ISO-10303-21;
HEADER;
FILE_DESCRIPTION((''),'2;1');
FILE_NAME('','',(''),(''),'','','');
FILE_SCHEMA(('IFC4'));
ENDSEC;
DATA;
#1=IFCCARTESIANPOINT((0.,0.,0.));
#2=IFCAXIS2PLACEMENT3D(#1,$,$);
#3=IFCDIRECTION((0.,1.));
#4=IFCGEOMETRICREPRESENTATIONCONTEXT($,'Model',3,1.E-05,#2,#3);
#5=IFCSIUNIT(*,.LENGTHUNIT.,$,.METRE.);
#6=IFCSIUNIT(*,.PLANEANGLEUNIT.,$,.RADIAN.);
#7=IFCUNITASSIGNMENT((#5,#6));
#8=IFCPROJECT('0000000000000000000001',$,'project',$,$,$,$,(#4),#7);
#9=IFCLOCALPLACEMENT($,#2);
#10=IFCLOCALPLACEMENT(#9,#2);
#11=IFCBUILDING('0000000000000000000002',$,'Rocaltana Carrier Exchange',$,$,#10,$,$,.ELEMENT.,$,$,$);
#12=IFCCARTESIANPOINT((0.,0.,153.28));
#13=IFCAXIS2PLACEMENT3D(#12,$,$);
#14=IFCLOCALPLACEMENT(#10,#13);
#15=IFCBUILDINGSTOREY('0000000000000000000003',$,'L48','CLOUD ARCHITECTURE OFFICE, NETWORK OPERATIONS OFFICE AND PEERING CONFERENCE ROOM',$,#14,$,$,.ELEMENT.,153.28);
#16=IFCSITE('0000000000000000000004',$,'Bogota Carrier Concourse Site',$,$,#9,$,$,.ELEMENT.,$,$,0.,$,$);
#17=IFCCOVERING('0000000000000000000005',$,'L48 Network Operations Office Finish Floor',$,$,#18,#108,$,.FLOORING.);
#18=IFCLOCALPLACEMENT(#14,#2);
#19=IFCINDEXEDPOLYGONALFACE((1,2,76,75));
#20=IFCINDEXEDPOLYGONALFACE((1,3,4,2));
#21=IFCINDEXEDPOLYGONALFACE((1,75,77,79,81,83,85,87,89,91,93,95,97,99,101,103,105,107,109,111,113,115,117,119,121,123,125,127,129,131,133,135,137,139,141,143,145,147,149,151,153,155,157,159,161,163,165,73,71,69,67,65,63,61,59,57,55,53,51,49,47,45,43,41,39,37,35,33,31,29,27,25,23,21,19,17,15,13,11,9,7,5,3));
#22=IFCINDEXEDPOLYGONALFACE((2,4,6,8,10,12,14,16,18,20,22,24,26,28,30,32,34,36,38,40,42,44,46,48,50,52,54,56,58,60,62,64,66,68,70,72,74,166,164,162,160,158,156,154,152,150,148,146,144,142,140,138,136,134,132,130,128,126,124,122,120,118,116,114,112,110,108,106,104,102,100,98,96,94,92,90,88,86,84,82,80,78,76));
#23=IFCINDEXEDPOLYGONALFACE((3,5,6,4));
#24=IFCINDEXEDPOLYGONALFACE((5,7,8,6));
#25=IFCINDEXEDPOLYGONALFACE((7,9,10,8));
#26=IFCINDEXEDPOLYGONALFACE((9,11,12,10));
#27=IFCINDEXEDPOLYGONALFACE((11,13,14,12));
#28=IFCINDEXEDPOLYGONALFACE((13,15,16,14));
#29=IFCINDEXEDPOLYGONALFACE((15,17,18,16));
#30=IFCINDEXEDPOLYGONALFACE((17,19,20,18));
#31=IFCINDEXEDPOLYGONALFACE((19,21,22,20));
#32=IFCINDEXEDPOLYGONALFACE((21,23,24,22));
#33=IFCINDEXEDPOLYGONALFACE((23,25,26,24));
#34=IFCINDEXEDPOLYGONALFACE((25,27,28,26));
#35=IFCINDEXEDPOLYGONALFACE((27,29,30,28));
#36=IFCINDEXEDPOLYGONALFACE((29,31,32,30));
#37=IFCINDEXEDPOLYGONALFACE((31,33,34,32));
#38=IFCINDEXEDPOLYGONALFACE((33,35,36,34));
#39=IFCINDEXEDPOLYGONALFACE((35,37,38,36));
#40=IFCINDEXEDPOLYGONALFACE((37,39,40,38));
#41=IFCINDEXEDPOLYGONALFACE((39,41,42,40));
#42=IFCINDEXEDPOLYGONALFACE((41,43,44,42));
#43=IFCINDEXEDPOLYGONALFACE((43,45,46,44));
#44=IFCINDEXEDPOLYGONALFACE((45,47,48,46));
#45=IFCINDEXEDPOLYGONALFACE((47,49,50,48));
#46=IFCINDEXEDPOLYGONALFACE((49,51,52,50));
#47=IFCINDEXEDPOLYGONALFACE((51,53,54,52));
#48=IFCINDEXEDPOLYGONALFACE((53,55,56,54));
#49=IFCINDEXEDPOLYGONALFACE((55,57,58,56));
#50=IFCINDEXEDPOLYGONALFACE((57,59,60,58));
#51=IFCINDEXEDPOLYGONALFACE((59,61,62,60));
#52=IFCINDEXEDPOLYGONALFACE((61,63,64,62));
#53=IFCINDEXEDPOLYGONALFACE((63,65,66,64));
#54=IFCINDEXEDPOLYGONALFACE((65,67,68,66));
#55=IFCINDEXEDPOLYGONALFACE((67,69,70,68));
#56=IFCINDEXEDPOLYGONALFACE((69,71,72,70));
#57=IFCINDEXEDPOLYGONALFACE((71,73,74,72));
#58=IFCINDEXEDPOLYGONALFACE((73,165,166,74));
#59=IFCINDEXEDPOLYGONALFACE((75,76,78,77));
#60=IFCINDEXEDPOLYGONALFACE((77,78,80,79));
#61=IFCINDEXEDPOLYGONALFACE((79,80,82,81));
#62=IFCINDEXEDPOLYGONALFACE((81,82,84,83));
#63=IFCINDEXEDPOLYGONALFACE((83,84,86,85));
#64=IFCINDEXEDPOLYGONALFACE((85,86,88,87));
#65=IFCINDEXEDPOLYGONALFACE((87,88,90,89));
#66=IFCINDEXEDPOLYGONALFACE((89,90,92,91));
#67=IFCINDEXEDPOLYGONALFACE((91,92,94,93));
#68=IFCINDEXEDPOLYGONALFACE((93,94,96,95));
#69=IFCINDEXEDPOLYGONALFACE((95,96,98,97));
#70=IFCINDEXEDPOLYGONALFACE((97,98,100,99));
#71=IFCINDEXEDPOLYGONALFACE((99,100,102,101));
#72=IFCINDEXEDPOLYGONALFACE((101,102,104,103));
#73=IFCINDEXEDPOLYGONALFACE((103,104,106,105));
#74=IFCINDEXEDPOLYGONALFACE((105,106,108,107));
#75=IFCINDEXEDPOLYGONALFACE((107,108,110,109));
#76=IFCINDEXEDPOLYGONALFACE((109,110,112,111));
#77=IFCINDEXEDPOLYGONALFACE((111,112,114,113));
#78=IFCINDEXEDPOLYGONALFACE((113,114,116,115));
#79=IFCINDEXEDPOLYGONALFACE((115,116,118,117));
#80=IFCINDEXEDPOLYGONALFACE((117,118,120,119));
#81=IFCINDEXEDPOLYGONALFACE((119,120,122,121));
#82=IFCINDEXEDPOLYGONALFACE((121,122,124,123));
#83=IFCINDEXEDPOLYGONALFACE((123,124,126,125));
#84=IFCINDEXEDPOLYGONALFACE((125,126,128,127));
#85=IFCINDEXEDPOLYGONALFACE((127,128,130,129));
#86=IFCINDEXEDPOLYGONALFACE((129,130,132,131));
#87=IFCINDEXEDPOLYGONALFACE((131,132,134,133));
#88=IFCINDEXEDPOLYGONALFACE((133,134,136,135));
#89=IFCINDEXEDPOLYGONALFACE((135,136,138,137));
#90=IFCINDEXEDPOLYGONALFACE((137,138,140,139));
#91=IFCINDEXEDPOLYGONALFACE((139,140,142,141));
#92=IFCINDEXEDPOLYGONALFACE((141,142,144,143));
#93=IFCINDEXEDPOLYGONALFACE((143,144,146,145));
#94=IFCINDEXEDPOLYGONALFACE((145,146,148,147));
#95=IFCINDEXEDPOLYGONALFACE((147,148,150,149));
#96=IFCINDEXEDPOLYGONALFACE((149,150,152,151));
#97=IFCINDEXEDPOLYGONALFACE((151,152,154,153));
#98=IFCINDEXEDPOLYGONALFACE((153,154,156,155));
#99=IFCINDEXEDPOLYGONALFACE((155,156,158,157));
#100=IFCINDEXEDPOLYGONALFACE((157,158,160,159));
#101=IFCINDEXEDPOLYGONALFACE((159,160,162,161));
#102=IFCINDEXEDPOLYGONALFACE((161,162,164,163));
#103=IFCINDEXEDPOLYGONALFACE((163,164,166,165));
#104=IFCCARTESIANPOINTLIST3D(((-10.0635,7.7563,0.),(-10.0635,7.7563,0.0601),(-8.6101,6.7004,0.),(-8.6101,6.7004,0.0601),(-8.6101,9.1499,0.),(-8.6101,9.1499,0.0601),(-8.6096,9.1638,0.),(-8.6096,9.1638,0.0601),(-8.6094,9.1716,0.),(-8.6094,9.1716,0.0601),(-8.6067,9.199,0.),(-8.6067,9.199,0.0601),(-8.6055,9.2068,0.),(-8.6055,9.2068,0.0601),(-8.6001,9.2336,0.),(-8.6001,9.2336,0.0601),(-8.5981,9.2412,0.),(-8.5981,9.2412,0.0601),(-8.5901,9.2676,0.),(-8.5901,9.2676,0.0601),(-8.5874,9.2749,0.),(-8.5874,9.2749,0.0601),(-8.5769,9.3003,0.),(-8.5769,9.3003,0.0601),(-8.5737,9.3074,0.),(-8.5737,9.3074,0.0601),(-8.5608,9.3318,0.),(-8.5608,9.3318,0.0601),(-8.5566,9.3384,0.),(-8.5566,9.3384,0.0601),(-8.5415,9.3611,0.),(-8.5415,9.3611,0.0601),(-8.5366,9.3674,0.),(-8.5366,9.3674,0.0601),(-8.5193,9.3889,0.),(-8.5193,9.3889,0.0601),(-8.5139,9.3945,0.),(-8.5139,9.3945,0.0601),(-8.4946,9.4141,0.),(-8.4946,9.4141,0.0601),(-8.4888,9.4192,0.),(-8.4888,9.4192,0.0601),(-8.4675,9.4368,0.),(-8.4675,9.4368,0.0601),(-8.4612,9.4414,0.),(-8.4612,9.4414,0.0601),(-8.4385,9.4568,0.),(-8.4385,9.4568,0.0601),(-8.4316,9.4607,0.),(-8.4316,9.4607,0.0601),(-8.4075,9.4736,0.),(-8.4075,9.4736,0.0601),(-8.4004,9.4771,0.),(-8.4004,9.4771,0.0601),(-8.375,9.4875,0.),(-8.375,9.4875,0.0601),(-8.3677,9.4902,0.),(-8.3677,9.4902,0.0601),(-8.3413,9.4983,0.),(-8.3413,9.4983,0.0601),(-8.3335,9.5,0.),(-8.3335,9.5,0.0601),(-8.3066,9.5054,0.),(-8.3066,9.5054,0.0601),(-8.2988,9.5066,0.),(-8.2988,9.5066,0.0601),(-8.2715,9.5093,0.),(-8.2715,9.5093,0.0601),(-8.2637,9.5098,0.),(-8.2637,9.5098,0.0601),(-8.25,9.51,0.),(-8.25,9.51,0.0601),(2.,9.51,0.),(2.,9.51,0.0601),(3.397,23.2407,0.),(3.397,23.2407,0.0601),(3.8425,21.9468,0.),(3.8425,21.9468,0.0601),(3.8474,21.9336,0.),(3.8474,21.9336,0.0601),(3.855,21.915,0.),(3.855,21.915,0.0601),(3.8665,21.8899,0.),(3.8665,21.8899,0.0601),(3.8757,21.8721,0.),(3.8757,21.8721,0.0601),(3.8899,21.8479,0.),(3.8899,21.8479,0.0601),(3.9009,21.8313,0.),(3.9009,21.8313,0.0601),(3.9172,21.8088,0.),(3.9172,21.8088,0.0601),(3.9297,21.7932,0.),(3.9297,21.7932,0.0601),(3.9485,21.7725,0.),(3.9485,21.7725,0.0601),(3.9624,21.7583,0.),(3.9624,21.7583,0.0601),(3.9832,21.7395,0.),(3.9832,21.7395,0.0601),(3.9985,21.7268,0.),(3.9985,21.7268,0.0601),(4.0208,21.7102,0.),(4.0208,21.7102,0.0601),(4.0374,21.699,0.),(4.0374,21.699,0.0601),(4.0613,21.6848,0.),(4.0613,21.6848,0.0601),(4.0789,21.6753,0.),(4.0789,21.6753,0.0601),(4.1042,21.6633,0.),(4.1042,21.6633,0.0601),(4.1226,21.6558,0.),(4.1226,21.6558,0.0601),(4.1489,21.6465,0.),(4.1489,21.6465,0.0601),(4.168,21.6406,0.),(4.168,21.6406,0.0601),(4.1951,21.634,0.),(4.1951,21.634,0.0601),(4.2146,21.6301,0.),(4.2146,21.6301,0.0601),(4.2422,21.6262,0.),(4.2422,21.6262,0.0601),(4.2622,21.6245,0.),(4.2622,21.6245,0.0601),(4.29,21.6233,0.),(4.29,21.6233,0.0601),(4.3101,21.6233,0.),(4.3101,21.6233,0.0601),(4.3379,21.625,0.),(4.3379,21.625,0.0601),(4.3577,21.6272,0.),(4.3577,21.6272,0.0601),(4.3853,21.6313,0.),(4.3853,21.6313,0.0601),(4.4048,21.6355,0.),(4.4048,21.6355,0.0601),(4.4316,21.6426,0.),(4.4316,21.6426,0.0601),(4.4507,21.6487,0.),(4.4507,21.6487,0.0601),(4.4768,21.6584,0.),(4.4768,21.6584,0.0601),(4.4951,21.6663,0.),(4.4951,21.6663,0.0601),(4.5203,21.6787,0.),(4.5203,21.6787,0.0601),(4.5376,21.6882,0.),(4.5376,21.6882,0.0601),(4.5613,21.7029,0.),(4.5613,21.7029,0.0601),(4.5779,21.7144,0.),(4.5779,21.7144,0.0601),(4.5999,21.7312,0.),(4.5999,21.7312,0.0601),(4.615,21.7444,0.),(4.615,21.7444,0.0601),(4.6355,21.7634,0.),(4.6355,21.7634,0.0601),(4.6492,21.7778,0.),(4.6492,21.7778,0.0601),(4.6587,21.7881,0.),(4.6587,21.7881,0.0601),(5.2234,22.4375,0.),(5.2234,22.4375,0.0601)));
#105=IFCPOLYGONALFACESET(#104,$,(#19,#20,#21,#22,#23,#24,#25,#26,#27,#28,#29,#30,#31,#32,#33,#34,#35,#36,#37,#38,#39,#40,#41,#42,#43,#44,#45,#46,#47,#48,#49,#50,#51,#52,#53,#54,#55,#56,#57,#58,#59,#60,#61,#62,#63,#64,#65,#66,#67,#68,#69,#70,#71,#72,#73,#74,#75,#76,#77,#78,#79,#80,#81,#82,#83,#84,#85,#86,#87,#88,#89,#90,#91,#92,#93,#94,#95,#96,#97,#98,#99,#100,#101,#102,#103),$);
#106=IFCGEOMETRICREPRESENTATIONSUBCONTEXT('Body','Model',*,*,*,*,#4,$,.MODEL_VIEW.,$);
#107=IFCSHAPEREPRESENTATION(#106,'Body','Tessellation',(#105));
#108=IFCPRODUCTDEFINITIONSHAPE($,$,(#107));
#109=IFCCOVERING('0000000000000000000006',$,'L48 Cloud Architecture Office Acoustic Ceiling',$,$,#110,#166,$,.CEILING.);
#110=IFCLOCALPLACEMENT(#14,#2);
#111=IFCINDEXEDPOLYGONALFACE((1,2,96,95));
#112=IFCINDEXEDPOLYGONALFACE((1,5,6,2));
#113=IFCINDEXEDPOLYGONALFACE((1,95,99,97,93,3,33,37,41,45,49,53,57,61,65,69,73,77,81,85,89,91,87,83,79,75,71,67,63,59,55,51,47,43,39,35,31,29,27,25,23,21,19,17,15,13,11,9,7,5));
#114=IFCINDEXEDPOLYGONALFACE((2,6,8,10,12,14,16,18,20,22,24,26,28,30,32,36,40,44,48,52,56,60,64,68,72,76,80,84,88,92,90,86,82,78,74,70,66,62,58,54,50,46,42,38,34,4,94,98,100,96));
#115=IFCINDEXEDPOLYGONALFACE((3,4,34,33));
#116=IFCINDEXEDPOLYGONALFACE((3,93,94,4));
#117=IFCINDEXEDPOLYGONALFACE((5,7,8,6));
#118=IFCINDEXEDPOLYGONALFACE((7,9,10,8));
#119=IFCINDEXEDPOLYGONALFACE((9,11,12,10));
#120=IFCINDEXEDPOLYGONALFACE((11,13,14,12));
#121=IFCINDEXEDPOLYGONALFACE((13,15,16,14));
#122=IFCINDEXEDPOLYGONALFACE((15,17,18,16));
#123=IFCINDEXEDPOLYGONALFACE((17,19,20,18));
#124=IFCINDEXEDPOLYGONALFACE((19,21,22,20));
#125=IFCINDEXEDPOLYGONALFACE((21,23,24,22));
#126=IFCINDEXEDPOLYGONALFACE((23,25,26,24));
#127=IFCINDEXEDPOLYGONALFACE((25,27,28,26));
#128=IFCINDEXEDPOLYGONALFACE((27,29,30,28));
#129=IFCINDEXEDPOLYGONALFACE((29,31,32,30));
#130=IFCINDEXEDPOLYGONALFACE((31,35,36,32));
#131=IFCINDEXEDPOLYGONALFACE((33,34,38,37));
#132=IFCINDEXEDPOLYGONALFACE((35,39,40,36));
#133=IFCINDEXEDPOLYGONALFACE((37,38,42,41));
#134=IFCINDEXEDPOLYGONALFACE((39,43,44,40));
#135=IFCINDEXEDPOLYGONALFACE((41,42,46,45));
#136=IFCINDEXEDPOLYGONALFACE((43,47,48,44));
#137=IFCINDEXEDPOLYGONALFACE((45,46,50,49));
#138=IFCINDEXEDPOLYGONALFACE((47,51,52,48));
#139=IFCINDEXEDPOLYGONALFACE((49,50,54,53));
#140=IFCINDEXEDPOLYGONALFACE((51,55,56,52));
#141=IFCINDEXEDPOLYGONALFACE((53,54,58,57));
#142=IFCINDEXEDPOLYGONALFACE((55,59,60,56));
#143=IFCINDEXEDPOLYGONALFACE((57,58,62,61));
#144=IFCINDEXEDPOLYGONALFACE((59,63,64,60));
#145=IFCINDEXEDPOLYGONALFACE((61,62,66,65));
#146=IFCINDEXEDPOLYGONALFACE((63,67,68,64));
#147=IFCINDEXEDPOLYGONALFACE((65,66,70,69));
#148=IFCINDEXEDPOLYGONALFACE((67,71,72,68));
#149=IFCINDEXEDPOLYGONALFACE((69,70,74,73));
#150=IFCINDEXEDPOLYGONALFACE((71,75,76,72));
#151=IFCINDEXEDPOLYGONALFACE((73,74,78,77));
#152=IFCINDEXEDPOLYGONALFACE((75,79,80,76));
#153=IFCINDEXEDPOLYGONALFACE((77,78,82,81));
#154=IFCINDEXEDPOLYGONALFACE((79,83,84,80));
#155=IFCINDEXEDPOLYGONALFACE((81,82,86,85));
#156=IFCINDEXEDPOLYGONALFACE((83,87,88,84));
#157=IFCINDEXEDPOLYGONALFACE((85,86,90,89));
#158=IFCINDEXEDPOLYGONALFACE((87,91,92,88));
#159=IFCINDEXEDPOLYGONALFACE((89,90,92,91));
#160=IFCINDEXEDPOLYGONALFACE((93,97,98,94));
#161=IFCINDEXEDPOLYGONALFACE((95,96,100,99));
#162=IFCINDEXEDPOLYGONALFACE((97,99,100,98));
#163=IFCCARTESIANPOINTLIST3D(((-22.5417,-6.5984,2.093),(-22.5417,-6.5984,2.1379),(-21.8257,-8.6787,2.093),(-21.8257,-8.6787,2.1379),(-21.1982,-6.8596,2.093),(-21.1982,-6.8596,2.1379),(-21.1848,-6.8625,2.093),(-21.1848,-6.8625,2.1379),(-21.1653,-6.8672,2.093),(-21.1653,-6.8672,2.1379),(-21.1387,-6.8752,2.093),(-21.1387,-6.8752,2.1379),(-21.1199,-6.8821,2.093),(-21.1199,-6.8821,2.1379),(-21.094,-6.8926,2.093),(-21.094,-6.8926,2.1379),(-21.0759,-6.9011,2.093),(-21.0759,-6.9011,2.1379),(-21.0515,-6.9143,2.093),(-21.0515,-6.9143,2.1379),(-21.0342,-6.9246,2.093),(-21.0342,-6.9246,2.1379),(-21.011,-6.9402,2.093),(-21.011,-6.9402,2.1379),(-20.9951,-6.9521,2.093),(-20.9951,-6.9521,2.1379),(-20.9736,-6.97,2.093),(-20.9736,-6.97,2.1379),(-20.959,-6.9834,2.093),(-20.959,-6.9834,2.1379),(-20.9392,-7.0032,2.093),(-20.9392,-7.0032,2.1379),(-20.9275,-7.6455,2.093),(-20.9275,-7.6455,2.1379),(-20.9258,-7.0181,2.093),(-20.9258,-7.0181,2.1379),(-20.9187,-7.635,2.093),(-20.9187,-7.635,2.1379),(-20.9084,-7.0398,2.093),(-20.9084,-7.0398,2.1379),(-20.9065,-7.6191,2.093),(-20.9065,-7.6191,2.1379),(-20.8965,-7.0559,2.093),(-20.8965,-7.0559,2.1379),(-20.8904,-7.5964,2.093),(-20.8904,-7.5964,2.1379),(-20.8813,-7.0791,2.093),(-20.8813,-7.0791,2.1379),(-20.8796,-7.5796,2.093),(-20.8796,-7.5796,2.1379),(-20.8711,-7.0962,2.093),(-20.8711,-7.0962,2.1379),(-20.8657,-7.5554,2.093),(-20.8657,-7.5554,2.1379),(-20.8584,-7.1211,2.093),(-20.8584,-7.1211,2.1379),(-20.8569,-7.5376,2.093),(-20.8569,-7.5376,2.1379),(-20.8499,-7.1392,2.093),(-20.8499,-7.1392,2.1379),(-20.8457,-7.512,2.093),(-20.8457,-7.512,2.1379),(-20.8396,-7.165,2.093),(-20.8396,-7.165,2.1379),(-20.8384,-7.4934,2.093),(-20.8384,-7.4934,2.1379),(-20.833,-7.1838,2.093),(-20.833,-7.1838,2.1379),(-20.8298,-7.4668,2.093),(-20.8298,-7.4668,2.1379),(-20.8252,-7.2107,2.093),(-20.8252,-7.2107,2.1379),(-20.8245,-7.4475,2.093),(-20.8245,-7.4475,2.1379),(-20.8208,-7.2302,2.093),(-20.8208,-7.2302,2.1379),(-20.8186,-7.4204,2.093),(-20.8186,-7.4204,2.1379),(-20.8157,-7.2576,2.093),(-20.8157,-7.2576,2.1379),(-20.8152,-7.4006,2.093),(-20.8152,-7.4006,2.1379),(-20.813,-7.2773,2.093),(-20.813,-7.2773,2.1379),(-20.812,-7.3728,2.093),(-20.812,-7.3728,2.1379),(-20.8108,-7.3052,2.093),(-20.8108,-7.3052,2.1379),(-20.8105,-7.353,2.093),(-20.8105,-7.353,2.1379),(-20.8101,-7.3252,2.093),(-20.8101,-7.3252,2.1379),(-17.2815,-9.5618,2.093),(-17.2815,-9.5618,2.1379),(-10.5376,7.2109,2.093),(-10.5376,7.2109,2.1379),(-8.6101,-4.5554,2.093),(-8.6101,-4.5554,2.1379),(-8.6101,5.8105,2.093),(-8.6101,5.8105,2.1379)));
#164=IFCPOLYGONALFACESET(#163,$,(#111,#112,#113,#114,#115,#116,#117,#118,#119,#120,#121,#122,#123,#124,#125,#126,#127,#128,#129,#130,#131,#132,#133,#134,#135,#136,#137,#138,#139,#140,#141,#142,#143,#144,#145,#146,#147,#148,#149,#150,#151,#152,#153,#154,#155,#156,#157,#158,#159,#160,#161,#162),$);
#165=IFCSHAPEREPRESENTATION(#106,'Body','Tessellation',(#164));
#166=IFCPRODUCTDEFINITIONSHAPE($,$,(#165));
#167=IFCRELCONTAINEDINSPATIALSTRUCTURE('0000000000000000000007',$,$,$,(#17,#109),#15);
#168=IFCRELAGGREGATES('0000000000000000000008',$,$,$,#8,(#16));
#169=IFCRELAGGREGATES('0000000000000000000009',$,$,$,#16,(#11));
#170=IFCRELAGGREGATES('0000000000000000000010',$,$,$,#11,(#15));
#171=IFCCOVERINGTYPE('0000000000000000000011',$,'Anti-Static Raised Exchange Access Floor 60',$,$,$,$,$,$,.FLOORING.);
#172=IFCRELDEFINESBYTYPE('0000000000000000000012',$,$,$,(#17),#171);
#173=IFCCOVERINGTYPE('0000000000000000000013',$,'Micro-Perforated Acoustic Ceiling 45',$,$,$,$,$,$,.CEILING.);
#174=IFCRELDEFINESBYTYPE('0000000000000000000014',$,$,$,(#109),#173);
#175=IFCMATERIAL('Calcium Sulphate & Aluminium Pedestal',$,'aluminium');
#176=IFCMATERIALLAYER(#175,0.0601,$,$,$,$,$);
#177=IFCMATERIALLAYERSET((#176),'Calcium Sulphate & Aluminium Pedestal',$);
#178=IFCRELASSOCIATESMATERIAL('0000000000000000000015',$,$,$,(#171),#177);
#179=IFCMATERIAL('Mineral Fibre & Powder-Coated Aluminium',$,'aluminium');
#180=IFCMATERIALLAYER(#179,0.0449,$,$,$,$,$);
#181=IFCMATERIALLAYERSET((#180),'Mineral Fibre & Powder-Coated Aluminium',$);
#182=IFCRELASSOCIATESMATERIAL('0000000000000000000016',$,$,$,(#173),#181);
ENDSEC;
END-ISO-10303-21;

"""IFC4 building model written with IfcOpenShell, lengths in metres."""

from ifc_helpers import new_model, si_unit, direction, frame, origin, place, context, subcontext, project, spatial, polyline, outline, extrude, material, layer, layer_set, type_object, element, save


model = new_model("IFC4")

# Units and contexts
model_context = context("Model", 3, precision=1e-05, world=origin(), true_north=direction((0.0, 1.0)))
body_context = subcontext(model_context, "Body", "Model", "MODEL_VIEW")
ifc_project = project(units=[si_unit("LENGTHUNIT", "METRE"), si_unit("PLANEANGLEUNIT", "RADIAN")], contexts=[model_context])

# Site, building, storey
site_placement = place(None, origin())
site = spatial("IfcSite", under=ifc_project, at=site_placement, Name="Bogota Carrier Concourse Site", CompositionType="ELEMENT", RefElevation=0.0)
building_placement = place(site_placement, origin())
building = spatial("IfcBuilding", under=site, at=building_placement, Name="Rocaltana Carrier Exchange", CompositionType="ELEMENT")
storey_placement = place(building_placement, frame((0.0, 0.0, 153.28)))
storey = spatial("IfcBuildingStorey", under=building, at=storey_placement, Name="L48", Description="CLOUD ARCHITECTURE OFFICE, NETWORK OPERATIONS OFFICE AND PEERING CONFERENCE ROOM", CompositionType="ELEMENT", Elevation=153.28)

# Coverings
ifc_material_1 = material(Name="Calcium Sulphate & Aluminium Pedestal", Category="aluminium")
ifc_layer_1 = layer(ifc_material_1, 0.0601)
ifc_layer_set_1 = layer_set([ifc_layer_1], Name="Calcium Sulphate & Aluminium Pedestal")
covering_type_1 = type_object("IfcCoveringType", Name="Anti-Static Raised Exchange Access Floor 60", PredefinedType="FLOORING", material=ifc_layer_set_1)
covering_1_placement = place(storey_placement, origin())
element("IfcCovering", 1, at=covering_1_placement, inside=storey, type_object=covering_type_1, Name="L48 Network Operations Office Finish Floor", PredefinedType="FLOORING", context=body_context, shape_type="SweptSolid", body=[
    extrude(outline(polyline([(3.397, 23.2407), (3.8425, 21.9468), (3.8474, 21.9336), (3.855, 21.915), (3.8665, 21.8899), (3.8757, 21.8721), (3.8899, 21.8479), (3.9009, 21.8313), (3.9172, 21.8088), (3.9297, 21.7932), (3.9485, 21.7725), (3.9624, 21.7583), (3.9832, 21.7395), (3.9985, 21.7268), (4.0208, 21.7102), (4.0374, 21.699), (4.0613, 21.6848), (4.0789, 21.6753), (4.1042, 21.6633), (4.1226, 21.6558), (4.1489, 21.6465), (4.168, 21.6406), (4.1951, 21.634), (4.2146, 21.6301), (4.2422, 21.6262), (4.2622, 21.6245), (4.29, 21.6233), (4.3101, 21.6233), (4.3379, 21.625), (4.3577, 21.6272), (4.3853, 21.6313), (4.4048, 21.6355), (4.4316, 21.6426), (4.4507, 21.6487), (4.4768, 21.6584), (4.4951, 21.6663), (4.5203, 21.6787), (4.5376, 21.6882), (4.5613, 21.7029), (4.5779, 21.7144), (4.5999, 21.7312), (4.615, 21.7444), (4.6355, 21.7634), (4.6492, 21.7778), (4.6587, 21.7881), (5.2234, 22.4375), (2.0, 9.51), (-8.25, 9.51), (-8.2637, 9.5098), (-8.2715, 9.5093), (-8.2988, 9.5066), (-8.3066, 9.5054), (-8.3335, 9.5), (-8.3413, 9.4983), (-8.3677, 9.4902), (-8.375, 9.4875), (-8.4004, 9.4771), (-8.4075, 9.4736), (-8.4316, 9.4607), (-8.4385, 9.4568), (-8.4612, 9.4414), (-8.4675, 9.4368), (-8.4888, 9.4192), (-8.4946, 9.4141), (-8.5139, 9.3945), (-8.5193, 9.3889), (-8.5366, 9.3674), (-8.5415, 9.3611), (-8.5566, 9.3384), (-8.5608, 9.3318), (-8.5737, 9.3074), (-8.5769, 9.3003), (-8.5874, 9.2749), (-8.5901, 9.2676), (-8.5981, 9.2412), (-8.6001, 9.2336), (-8.6055, 9.2068), (-8.6067, 9.199), (-8.6094, 9.1716), (-8.6096, 9.1638), (-8.6101, 9.1499), (-8.6101, 6.7004), (-10.0635, 7.7563), (3.397, 23.2407)])), origin(), (0.0, 0.0, 1.0), 0.0601),
])
ifc_material_2 = material(Name="Mineral Fibre & Powder-Coated Aluminium", Category="aluminium")
ifc_layer_2 = layer(ifc_material_2, 0.0449)
ifc_layer_set_2 = layer_set([ifc_layer_2], Name="Mineral Fibre & Powder-Coated Aluminium")
covering_type_2 = type_object("IfcCoveringType", Name="Micro-Perforated Acoustic Ceiling 45", PredefinedType="CEILING", material=ifc_layer_set_2)
covering_2_placement = place(storey_placement, frame((0.0, 0.0, 2.093)))
element("IfcCovering", 2, at=covering_2_placement, inside=storey, type_object=covering_type_2, Name="L48 Cloud Architecture Office Acoustic Ceiling", PredefinedType="CEILING", context=body_context, shape_type="SweptSolid", body=[
    extrude(outline(polyline([(-20.9275, -7.6455), (-20.9187, -7.635), (-20.9065, -7.6191), (-20.8904, -7.5964), (-20.8796, -7.5796), (-20.8657, -7.5554), (-20.8569, -7.5376), (-20.8457, -7.512), (-20.8384, -7.4934), (-20.8298, -7.4668), (-20.8245, -7.4475), (-20.8186, -7.4204), (-20.8152, -7.4006), (-20.812, -7.3728), (-20.8105, -7.353), (-20.8101, -7.3252), (-20.8108, -7.3052), (-20.813, -7.2773), (-20.8157, -7.2576), (-20.8208, -7.2302), (-20.8252, -7.2107), (-20.833, -7.1838), (-20.8396, -7.165), (-20.8499, -7.1392), (-20.8584, -7.1211), (-20.8711, -7.0962), (-20.8813, -7.0791), (-20.8965, -7.0559), (-20.9084, -7.0398), (-20.9258, -7.0181), (-20.9392, -7.0032), (-20.959, -6.9834), (-20.9736, -6.97), (-20.9951, -6.9521), (-21.011, -6.9402), (-21.0342, -6.9246), (-21.0515, -6.9143), (-21.0759, -6.9011), (-21.094, -6.8926), (-21.1199, -6.8821), (-21.1387, -6.8752), (-21.1653, -6.8672), (-21.1848, -6.8625), (-21.1982, -6.8596), (-22.5417, -6.5984), (-10.5376, 7.2109), (-8.6101, 5.8105), (-8.6101, -4.5554), (-17.2815, -9.5618), (-21.8257, -8.6787), (-20.9275, -7.6455)])), origin(), (0.0, 0.0, 1.0), 0.0449),
])

save(model, "model.ifc")
